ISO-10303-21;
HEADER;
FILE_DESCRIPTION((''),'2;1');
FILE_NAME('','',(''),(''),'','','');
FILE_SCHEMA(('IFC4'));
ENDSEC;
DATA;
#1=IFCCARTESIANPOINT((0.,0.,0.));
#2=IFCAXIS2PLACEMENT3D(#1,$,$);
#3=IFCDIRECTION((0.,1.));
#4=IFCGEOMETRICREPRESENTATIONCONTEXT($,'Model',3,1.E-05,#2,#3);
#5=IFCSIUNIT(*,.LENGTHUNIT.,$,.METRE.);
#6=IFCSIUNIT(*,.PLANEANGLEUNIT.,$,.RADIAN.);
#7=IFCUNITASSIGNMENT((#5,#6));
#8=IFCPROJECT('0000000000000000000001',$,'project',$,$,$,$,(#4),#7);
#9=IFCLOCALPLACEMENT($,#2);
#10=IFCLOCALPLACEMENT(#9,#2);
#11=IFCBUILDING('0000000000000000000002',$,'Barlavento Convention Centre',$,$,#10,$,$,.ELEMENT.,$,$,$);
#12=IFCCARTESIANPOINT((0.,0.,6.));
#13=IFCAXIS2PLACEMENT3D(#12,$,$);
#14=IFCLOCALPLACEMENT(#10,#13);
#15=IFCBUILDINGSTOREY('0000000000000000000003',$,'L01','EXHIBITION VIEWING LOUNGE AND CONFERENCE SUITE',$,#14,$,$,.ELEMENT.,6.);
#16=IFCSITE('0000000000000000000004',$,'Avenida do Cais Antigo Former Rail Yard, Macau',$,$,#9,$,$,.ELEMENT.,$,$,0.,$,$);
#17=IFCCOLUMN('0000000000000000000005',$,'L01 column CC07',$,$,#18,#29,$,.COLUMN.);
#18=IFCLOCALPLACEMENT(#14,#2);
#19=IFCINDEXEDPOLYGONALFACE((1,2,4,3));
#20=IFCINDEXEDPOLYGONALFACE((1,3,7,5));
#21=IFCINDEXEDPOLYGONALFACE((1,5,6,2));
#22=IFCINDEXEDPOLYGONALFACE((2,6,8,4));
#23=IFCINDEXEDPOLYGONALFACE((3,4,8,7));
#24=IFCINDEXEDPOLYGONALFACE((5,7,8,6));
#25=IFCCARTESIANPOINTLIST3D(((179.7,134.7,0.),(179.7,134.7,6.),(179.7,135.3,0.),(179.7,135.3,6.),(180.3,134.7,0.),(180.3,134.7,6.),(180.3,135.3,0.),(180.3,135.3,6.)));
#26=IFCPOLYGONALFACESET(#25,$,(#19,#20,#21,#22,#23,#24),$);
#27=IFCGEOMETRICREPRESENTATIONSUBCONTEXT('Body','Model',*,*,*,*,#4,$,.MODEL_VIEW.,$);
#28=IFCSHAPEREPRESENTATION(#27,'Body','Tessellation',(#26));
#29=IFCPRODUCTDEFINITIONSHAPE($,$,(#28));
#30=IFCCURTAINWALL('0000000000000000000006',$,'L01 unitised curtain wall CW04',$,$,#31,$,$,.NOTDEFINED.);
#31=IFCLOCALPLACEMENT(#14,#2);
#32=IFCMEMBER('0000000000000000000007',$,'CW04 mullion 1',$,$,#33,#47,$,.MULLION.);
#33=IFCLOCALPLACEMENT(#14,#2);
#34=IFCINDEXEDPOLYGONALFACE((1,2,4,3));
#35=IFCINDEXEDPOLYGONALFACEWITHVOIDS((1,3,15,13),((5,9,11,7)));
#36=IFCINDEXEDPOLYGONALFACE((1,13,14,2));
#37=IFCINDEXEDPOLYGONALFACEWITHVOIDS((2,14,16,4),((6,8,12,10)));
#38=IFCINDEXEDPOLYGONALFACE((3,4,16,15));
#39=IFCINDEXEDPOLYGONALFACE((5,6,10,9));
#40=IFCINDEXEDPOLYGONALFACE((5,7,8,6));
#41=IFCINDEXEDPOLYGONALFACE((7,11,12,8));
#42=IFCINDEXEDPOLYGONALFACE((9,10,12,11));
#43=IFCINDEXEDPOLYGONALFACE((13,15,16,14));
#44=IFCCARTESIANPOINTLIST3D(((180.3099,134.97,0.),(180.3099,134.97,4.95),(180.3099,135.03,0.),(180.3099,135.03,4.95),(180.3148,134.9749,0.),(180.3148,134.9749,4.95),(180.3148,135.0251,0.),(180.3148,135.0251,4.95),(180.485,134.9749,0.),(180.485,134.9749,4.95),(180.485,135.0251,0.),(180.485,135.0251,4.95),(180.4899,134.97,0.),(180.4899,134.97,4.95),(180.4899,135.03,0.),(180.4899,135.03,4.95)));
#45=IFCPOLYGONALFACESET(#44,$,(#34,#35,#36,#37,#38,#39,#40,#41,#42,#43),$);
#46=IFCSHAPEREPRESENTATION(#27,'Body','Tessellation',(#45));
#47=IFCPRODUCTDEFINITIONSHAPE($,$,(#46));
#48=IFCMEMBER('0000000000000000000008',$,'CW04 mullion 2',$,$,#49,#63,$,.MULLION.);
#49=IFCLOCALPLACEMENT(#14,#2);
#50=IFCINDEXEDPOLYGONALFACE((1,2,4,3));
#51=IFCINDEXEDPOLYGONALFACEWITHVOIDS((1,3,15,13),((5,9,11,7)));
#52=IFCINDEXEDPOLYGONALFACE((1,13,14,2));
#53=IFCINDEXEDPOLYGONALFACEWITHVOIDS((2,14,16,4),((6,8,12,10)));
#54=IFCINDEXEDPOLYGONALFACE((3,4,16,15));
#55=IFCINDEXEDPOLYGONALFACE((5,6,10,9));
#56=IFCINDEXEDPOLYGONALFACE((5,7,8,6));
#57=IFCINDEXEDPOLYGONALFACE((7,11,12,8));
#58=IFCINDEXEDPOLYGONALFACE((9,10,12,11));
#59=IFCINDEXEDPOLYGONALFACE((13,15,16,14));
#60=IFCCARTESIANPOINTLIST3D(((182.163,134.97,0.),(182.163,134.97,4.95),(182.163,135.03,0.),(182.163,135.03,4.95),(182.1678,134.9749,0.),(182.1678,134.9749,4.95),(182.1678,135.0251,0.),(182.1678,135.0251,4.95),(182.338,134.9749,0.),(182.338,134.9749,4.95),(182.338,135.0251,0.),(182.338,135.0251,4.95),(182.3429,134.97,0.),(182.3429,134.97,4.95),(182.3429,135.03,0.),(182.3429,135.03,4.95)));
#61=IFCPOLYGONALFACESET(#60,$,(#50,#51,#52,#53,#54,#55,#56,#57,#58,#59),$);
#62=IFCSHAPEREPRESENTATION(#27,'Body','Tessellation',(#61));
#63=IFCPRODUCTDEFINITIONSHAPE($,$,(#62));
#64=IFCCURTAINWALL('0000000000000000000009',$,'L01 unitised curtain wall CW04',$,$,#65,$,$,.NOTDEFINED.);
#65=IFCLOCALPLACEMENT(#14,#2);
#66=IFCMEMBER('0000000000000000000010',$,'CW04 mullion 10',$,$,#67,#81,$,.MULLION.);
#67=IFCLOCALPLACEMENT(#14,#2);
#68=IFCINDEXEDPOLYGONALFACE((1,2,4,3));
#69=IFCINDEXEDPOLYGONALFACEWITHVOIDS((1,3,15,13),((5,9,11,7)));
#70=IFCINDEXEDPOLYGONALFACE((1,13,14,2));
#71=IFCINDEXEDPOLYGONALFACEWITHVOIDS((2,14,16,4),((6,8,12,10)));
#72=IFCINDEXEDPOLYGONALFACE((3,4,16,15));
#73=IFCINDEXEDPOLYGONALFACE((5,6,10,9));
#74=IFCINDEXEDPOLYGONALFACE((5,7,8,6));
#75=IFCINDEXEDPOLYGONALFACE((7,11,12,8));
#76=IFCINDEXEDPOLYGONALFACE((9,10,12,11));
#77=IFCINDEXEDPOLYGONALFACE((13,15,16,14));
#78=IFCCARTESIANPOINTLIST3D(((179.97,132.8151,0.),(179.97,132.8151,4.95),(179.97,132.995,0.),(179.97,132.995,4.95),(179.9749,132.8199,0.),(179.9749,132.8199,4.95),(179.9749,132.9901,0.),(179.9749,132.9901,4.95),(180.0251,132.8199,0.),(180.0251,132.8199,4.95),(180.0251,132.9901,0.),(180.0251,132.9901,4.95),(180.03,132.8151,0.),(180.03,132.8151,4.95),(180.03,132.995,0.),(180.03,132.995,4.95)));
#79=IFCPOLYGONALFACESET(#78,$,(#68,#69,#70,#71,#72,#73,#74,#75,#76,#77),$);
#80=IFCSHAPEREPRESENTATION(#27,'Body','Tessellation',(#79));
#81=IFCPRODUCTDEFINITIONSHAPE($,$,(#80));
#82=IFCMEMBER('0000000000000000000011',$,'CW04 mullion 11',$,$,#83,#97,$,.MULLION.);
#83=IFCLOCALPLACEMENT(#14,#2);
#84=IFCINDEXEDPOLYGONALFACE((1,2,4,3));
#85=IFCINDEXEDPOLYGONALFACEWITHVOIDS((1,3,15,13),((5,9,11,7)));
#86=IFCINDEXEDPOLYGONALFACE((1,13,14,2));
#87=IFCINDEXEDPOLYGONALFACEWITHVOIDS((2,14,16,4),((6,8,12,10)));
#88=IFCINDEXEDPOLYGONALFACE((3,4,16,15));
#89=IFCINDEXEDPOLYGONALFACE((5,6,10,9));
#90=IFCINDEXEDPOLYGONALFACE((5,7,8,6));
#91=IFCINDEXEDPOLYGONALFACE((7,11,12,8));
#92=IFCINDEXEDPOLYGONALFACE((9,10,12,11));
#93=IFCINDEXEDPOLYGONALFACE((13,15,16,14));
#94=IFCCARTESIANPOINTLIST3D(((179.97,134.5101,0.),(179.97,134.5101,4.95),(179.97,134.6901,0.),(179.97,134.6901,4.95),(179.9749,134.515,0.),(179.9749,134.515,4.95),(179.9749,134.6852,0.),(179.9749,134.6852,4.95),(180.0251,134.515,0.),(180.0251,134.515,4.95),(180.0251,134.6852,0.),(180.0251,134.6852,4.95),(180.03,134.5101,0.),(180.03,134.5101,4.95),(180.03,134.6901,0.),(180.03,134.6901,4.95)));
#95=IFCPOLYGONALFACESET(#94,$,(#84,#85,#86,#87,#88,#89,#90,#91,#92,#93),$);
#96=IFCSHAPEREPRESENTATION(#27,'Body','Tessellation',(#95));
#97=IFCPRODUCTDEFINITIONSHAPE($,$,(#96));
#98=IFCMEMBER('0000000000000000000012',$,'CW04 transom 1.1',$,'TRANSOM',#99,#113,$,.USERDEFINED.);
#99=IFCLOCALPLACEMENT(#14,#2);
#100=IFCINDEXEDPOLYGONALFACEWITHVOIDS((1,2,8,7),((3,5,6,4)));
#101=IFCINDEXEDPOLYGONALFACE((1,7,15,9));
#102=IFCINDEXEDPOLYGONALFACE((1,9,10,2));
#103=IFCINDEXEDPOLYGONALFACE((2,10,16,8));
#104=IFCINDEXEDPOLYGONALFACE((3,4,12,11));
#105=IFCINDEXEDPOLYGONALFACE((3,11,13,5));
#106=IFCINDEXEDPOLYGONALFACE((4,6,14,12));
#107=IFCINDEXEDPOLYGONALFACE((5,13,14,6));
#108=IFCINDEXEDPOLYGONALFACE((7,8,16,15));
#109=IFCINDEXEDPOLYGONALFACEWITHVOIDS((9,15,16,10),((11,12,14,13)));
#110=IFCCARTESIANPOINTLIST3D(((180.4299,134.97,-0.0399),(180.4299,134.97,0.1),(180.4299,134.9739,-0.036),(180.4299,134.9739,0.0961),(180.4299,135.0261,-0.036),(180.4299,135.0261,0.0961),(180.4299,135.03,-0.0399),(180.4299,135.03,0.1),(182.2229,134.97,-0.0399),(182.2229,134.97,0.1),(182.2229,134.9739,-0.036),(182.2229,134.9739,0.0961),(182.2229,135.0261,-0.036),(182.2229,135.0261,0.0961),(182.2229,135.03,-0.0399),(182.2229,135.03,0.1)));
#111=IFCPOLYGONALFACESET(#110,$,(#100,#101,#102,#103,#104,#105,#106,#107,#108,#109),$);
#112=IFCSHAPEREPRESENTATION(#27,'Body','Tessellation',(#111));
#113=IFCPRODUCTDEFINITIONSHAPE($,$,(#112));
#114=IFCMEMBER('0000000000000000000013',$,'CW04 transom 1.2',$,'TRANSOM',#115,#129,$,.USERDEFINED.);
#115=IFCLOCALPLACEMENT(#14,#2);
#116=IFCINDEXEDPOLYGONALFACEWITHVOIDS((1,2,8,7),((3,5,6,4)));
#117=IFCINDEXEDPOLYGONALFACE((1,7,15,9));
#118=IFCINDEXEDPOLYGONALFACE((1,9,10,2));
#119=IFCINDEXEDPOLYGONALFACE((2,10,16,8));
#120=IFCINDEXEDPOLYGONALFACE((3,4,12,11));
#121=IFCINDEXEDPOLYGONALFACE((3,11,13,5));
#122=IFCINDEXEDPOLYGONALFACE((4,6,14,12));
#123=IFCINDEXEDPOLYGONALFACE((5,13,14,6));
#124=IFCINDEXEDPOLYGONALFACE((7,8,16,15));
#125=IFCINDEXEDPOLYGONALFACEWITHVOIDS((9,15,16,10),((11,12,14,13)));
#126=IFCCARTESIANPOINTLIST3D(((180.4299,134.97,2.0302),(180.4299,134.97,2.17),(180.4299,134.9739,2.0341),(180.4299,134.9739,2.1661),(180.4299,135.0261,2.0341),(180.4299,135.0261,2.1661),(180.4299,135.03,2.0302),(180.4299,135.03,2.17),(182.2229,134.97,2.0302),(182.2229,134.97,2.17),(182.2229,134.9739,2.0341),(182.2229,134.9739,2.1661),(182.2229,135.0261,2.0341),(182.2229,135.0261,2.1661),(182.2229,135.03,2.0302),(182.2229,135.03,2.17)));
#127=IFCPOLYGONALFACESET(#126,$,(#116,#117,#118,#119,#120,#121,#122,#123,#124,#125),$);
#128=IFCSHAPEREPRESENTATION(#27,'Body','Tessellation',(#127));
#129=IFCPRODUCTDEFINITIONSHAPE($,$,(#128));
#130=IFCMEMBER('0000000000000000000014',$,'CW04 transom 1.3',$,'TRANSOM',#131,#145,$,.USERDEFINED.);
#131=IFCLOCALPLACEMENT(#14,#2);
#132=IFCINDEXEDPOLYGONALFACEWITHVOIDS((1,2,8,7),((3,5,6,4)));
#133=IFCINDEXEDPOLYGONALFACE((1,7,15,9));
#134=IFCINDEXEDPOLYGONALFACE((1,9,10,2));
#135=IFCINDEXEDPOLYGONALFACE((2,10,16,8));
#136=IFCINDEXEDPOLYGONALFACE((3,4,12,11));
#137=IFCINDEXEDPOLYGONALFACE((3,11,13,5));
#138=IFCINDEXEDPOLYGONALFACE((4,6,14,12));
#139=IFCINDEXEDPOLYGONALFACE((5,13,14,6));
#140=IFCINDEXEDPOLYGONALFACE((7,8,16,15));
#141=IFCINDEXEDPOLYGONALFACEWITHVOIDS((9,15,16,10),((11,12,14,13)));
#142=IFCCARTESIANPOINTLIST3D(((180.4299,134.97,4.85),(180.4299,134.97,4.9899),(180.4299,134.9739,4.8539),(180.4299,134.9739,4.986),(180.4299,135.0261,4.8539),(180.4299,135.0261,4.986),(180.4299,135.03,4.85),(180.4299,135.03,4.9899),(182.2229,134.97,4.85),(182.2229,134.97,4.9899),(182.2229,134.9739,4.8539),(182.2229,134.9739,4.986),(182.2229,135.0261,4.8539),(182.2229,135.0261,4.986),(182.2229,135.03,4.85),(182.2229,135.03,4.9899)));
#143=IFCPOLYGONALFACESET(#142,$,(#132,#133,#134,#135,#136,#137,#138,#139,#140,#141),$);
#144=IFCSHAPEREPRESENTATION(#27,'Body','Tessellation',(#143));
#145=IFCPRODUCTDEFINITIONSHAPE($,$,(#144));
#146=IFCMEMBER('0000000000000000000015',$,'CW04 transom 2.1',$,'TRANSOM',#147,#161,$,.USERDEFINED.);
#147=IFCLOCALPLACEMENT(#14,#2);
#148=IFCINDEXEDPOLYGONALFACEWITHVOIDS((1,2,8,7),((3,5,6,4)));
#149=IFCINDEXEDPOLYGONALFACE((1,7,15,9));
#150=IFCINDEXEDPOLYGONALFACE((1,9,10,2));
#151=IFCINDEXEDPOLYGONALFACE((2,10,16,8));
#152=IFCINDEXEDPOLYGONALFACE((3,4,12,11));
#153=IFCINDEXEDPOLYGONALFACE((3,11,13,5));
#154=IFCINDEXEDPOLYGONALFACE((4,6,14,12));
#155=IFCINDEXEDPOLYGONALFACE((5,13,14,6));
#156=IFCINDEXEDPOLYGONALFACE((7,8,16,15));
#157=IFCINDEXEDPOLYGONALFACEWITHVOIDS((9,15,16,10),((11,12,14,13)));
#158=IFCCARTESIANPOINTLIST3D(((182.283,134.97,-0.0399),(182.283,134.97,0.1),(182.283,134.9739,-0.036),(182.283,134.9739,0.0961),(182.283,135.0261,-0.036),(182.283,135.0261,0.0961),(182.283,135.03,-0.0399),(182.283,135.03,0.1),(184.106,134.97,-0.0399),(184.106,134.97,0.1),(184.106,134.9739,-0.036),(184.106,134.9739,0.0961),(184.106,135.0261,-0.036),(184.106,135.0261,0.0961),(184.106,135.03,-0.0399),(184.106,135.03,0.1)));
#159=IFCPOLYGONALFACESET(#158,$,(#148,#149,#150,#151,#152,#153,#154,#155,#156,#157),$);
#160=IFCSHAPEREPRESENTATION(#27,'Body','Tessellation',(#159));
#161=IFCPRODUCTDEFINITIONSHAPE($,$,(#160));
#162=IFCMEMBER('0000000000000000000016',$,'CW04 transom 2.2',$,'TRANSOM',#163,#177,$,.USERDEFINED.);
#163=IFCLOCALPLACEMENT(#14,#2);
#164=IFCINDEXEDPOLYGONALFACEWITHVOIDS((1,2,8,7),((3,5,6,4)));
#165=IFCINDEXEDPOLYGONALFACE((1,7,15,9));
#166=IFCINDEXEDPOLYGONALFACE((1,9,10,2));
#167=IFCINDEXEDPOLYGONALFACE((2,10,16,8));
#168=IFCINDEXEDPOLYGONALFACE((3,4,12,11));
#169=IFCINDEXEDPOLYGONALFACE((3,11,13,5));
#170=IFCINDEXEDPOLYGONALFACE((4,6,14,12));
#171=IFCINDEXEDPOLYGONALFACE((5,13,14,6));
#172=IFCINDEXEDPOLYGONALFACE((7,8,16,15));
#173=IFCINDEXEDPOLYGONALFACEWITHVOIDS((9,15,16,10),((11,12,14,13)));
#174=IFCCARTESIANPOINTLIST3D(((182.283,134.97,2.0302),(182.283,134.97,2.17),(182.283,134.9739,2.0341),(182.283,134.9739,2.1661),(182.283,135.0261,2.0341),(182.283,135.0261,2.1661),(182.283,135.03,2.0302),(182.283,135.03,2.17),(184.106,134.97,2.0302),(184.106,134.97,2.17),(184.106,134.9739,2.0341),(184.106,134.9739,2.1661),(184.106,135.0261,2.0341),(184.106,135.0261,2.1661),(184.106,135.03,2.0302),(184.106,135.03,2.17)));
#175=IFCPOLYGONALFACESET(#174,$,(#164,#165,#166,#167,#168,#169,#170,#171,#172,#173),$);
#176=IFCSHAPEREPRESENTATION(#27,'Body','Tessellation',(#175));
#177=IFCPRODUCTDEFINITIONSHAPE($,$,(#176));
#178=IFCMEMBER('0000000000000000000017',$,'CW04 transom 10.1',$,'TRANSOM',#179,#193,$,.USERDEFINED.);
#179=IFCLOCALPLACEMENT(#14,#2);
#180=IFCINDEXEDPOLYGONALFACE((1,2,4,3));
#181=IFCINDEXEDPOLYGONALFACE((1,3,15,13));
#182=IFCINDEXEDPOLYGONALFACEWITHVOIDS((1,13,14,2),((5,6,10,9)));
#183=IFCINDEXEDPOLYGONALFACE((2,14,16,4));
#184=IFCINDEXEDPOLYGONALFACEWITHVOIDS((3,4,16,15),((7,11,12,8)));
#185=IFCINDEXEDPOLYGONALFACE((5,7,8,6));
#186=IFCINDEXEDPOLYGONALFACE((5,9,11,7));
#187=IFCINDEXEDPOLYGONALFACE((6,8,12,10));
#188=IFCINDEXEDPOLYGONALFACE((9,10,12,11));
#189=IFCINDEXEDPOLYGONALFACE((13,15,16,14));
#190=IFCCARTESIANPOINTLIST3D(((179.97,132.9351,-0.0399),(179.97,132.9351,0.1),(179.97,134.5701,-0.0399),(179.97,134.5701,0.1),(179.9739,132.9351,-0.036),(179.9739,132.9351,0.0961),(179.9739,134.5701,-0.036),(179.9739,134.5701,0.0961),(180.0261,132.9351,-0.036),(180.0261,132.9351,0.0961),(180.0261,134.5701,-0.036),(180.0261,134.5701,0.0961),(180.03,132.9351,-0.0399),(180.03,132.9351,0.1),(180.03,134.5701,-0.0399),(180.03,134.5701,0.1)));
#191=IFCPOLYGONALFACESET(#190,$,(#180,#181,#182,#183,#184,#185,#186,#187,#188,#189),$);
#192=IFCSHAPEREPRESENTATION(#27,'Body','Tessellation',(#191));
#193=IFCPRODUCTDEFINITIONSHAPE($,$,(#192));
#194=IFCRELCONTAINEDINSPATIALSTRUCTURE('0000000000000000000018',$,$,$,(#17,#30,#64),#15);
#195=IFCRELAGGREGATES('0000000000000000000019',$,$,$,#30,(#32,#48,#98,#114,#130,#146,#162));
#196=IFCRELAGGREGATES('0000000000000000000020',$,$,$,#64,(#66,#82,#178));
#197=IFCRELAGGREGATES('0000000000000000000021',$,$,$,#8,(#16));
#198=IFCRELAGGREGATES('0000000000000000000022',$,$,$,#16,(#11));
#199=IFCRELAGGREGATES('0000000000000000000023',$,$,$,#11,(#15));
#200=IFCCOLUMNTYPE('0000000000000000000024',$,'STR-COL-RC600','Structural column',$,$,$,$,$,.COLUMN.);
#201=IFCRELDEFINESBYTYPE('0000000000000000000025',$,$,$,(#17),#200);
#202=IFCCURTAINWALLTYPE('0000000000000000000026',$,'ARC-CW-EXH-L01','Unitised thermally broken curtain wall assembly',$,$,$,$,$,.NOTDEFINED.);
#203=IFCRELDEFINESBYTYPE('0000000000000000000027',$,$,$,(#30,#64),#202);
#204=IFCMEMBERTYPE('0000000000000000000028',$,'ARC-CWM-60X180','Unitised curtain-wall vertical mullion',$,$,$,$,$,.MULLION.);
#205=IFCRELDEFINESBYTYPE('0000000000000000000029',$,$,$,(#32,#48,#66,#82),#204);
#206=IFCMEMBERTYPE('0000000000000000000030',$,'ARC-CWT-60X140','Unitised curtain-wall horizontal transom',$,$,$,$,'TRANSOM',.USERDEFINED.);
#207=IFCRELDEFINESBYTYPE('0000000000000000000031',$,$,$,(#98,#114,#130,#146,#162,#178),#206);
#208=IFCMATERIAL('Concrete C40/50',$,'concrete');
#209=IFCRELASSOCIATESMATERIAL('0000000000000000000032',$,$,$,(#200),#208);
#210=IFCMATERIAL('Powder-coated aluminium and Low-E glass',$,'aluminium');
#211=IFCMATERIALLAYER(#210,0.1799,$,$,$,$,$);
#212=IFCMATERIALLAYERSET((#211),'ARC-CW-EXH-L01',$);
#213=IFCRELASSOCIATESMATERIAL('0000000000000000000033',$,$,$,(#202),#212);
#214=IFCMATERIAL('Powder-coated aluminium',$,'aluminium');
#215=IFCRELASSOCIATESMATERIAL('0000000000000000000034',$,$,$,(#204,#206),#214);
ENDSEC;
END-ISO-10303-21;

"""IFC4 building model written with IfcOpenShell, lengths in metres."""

from ifc_helpers import new_model, si_unit, direction, frame, origin, origin_2d, place, context, subcontext, project, spatial, rectangle, hollow_rectangle, extrude, material, layer, layer_set, material_profile, profile_set, type_object, element, aggregate, save


model = new_model("IFC4")

# Units and contexts
model_context = context("Model", 3, precision=1e-05, world=origin(), true_north=direction((0.0, 1.0)))
body_context = subcontext(model_context, "Body", "Model", "MODEL_VIEW")
ifc_project = project(units=[si_unit("LENGTHUNIT", "METRE"), si_unit("PLANEANGLEUNIT", "RADIAN")], contexts=[model_context])

# Site, building, storey
site_placement = place(None, origin())
site = spatial("IfcSite", under=ifc_project, at=site_placement, Name="Avenida do Cais Antigo Former Rail Yard, Macau", CompositionType="ELEMENT", RefElevation=0.0)
building_placement = place(site_placement, origin())
building = spatial("IfcBuilding", under=site, at=building_placement, Name="Barlavento Convention Centre", CompositionType="ELEMENT")
storey_placement = place(building_placement, frame((0.0, 0.0, 6.0)))
storey = spatial("IfcBuildingStorey", under=building, at=storey_placement, Name="L01", Description="EXHIBITION VIEWING LOUNGE AND CONFERENCE SUITE", CompositionType="ELEMENT", Elevation=6.0)

# Column
ifc_material_1 = material(Name="Concrete C40/50", Category="concrete")
ifc_material_profile_1 = material_profile(ifc_material_1, rectangle(XDim=0.6001, YDim=0.6001, at=origin_2d()), Name="RC 600x600")
ifc_profile_set_1 = profile_set([ifc_material_profile_1], Name="Concrete C40/50")
column_type = type_object("IfcColumnType", Name="STR-COL-RC600", Description="Structural column", PredefinedType="COLUMN", material=ifc_profile_set_1)
column_placement = place(storey_placement, frame((180.0, 135.0, 0.0), z_axis=(0.0, 0.0, 1.0), x_axis=(1.0, 0.0, 0.0)))
element("IfcColumn", 1, at=column_placement, inside=storey, type_object=column_type, Name="L01 column CC07", PredefinedType="COLUMN", context=body_context, shape_type="SweptSolid", body=[
    extrude(rectangle(XDim=0.6001, YDim=0.6001, at=origin_2d()), origin(), (0.0, 0.0, 1.0), 6.0),
])

# Curtain walls, members
ifc_material_2 = material(Name="Powder-coated aluminium and Low-E glass", Category="aluminium")
ifc_layer_1 = layer(ifc_material_2, 0.1799)
ifc_layer_set_1 = layer_set([ifc_layer_1], Name="ARC-CW-EXH-L01")
curtain_wall_type = type_object("IfcCurtainWallType", Name="ARC-CW-EXH-L01", Description="Unitised thermally broken curtain wall assembly", PredefinedType="NOTDEFINED", material=ifc_layer_set_1)
curtain_wall_1_placement = place(storey_placement, origin())
curtain_wall_1 = element("IfcCurtainWall", 2, at=curtain_wall_1_placement, inside=storey, type_object=curtain_wall_type, Name="L01 unitised curtain wall CW04", PredefinedType="NOTDEFINED")
ifc_material_3 = material(Name="Powder-coated aluminium", Category="aluminium")
ifc_material_profile_2 = material_profile(ifc_material_3, hollow_rectangle(XDim=0.0601, YDim=0.1799, WallThickness=0.0049, at=origin_2d()), Name="AL-MULL 60x180x5")
ifc_profile_set_2 = profile_set([ifc_material_profile_2], Name="Powder-coated aluminium")
member_type_1 = type_object("IfcMemberType", Name="ARC-CWM-60X180", Description="Unitised curtain-wall vertical mullion", PredefinedType="MULLION", material=ifc_profile_set_2)
member_1_placement = place(storey_placement, frame((180.3999, 135.0, 0.0), z_axis=(0.0, 0.0, 1.0), x_axis=(0.0, 1.0, 0.0)))
member_1 = element("IfcMember", 3, at=member_1_placement, type_object=member_type_1, Name="CW04 mullion 1", PredefinedType="MULLION", context=body_context, shape_type="SweptSolid", body=[
    extrude(hollow_rectangle(XDim=0.0601, YDim=0.1799, WallThickness=0.0049, at=origin_2d()), origin(), (0.0, 0.0, 1.0), 4.95),
])
member_2_placement = place(storey_placement, frame((182.2529, 135.0, 0.0), z_axis=(0.0, 0.0, 1.0), x_axis=(0.0, 1.0, 0.0)))
member_2 = element("IfcMember", 4, at=member_2_placement, type_object=member_type_1, Name="CW04 mullion 2", PredefinedType="MULLION", context=body_context, shape_type="SweptSolid", body=[
    extrude(hollow_rectangle(XDim=0.0601, YDim=0.1799, WallThickness=0.0049, at=origin_2d()), origin(), (0.0, 0.0, 1.0), 4.95),
])
curtain_wall_2_placement = place(storey_placement, origin())
curtain_wall_2 = element("IfcCurtainWall", 5, at=curtain_wall_2_placement, inside=storey, type_object=curtain_wall_type, Name="L01 unitised curtain wall CW04", PredefinedType="NOTDEFINED")
member_3_placement = place(storey_placement, frame((180.0, 132.905, 0.0), z_axis=(0.0, 0.0, 1.0), x_axis=(-1.0, 0.0, 0.0)))
member_3 = element("IfcMember", 6, at=member_3_placement, type_object=member_type_1, Name="CW04 mullion 10", PredefinedType="MULLION", context=body_context, shape_type="SweptSolid", body=[
    extrude(hollow_rectangle(XDim=0.0601, YDim=0.1799, WallThickness=0.0049, at=origin_2d()), origin(), (0.0, 0.0, 1.0), 4.95),
])
member_4_placement = place(storey_placement, frame((180.0, 134.6001, 0.0), z_axis=(0.0, 0.0, 1.0), x_axis=(-1.0, 0.0, 0.0)))
member_4 = element("IfcMember", 7, at=member_4_placement, type_object=member_type_1, Name="CW04 mullion 11", PredefinedType="MULLION", context=body_context, shape_type="SweptSolid", body=[
    extrude(hollow_rectangle(XDim=0.0601, YDim=0.1799, WallThickness=0.0049, at=origin_2d()), origin(), (0.0, 0.0, 1.0), 4.95),
])

# Members
ifc_material_profile_3 = material_profile(ifc_material_3, hollow_rectangle(XDim=0.0601, YDim=0.1399, WallThickness=0.0039, at=origin_2d()), Name="AL-TRAN 60x140x4")
ifc_profile_set_3 = profile_set([ifc_material_profile_3], Name="Powder-coated aluminium")
member_type_2 = type_object("IfcMemberType", Name="ARC-CWT-60X140", Description="Unitised curtain-wall horizontal transom", ElementType="TRANSOM", PredefinedType="USERDEFINED", material=ifc_profile_set_3)
member_5_placement = place(storey_placement, frame((180.4299, 135.0, 0.03), z_axis=(1.0, 0.0, 0.0), x_axis=(0.0, 1.0, 0.0)))
member_5 = element("IfcMember", 8, at=member_5_placement, type_object=member_type_2, Name="CW04 transom 1.1", ObjectType="TRANSOM", PredefinedType="USERDEFINED", context=body_context, shape_type="SweptSolid", body=[
    extrude(hollow_rectangle(XDim=0.0601, YDim=0.1399, WallThickness=0.0039, at=origin_2d()), origin(), (0.0, 0.0, 1.0), 1.793),
])
member_6_placement = place(storey_placement, frame((180.4299, 135.0, 2.1001), z_axis=(1.0, 0.0, 0.0), x_axis=(0.0, 1.0, 0.0)))
member_6 = element("IfcMember", 9, at=member_6_placement, type_object=member_type_2, Name="CW04 transom 1.2", ObjectType="TRANSOM", PredefinedType="USERDEFINED", context=body_context, shape_type="SweptSolid", body=[
    extrude(hollow_rectangle(XDim=0.0601, YDim=0.1399, WallThickness=0.0039, at=origin_2d()), origin(), (0.0, 0.0, 1.0), 1.793),
])
member_7_placement = place(storey_placement, frame((180.4299, 135.0, 4.9199), z_axis=(1.0, 0.0, 0.0), x_axis=(0.0, 1.0, 0.0)))
member_7 = element("IfcMember", 10, at=member_7_placement, type_object=member_type_2, Name="CW04 transom 1.3", ObjectType="TRANSOM", PredefinedType="USERDEFINED", context=body_context, shape_type="SweptSolid", body=[
    extrude(hollow_rectangle(XDim=0.0601, YDim=0.1399, WallThickness=0.0039, at=origin_2d()), origin(), (0.0, 0.0, 1.0), 1.793),
])
member_8_placement = place(storey_placement, frame((182.283, 135.0, 0.03), z_axis=(1.0, 0.0, 0.0), x_axis=(0.0, 1.0, 0.0)))
member_8 = element("IfcMember", 11, at=member_8_placement, type_object=member_type_2, Name="CW04 transom 2.1", ObjectType="TRANSOM", PredefinedType="USERDEFINED", context=body_context, shape_type="SweptSolid", body=[
    extrude(hollow_rectangle(XDim=0.0601, YDim=0.1399, WallThickness=0.0039, at=origin_2d()), origin(), (0.0, 0.0, 1.0), 1.823),
])
member_9_placement = place(storey_placement, frame((182.283, 135.0, 2.1001), z_axis=(1.0, 0.0, 0.0), x_axis=(0.0, 1.0, 0.0)))
member_9 = element("IfcMember", 12, at=member_9_placement, type_object=member_type_2, Name="CW04 transom 2.2", ObjectType="TRANSOM", PredefinedType="USERDEFINED", context=body_context, shape_type="SweptSolid", body=[
    extrude(hollow_rectangle(XDim=0.0601, YDim=0.1399, WallThickness=0.0039, at=origin_2d()), origin(), (0.0, 0.0, 1.0), 1.823),
])
member_10_placement = place(storey_placement, frame((180.0, 132.9351, 0.03), z_axis=(0.0, 1.0, 0.0), x_axis=(-1.0, 0.0, 0.0)))
member_10 = element("IfcMember", 13, at=member_10_placement, type_object=member_type_2, Name="CW04 transom 10.1", ObjectType="TRANSOM", PredefinedType="USERDEFINED", context=body_context, shape_type="SweptSolid", body=[
    extrude(hollow_rectangle(XDim=0.0601, YDim=0.1399, WallThickness=0.0039, at=origin_2d()), origin(), (0.0, 0.0, 1.0), 1.635),
])

aggregate(curtain_wall_1, [member_1, member_2, member_5, member_6, member_7, member_8, member_9])
aggregate(curtain_wall_2, [member_3, member_4, member_10])

save(model, "model.ifc")
